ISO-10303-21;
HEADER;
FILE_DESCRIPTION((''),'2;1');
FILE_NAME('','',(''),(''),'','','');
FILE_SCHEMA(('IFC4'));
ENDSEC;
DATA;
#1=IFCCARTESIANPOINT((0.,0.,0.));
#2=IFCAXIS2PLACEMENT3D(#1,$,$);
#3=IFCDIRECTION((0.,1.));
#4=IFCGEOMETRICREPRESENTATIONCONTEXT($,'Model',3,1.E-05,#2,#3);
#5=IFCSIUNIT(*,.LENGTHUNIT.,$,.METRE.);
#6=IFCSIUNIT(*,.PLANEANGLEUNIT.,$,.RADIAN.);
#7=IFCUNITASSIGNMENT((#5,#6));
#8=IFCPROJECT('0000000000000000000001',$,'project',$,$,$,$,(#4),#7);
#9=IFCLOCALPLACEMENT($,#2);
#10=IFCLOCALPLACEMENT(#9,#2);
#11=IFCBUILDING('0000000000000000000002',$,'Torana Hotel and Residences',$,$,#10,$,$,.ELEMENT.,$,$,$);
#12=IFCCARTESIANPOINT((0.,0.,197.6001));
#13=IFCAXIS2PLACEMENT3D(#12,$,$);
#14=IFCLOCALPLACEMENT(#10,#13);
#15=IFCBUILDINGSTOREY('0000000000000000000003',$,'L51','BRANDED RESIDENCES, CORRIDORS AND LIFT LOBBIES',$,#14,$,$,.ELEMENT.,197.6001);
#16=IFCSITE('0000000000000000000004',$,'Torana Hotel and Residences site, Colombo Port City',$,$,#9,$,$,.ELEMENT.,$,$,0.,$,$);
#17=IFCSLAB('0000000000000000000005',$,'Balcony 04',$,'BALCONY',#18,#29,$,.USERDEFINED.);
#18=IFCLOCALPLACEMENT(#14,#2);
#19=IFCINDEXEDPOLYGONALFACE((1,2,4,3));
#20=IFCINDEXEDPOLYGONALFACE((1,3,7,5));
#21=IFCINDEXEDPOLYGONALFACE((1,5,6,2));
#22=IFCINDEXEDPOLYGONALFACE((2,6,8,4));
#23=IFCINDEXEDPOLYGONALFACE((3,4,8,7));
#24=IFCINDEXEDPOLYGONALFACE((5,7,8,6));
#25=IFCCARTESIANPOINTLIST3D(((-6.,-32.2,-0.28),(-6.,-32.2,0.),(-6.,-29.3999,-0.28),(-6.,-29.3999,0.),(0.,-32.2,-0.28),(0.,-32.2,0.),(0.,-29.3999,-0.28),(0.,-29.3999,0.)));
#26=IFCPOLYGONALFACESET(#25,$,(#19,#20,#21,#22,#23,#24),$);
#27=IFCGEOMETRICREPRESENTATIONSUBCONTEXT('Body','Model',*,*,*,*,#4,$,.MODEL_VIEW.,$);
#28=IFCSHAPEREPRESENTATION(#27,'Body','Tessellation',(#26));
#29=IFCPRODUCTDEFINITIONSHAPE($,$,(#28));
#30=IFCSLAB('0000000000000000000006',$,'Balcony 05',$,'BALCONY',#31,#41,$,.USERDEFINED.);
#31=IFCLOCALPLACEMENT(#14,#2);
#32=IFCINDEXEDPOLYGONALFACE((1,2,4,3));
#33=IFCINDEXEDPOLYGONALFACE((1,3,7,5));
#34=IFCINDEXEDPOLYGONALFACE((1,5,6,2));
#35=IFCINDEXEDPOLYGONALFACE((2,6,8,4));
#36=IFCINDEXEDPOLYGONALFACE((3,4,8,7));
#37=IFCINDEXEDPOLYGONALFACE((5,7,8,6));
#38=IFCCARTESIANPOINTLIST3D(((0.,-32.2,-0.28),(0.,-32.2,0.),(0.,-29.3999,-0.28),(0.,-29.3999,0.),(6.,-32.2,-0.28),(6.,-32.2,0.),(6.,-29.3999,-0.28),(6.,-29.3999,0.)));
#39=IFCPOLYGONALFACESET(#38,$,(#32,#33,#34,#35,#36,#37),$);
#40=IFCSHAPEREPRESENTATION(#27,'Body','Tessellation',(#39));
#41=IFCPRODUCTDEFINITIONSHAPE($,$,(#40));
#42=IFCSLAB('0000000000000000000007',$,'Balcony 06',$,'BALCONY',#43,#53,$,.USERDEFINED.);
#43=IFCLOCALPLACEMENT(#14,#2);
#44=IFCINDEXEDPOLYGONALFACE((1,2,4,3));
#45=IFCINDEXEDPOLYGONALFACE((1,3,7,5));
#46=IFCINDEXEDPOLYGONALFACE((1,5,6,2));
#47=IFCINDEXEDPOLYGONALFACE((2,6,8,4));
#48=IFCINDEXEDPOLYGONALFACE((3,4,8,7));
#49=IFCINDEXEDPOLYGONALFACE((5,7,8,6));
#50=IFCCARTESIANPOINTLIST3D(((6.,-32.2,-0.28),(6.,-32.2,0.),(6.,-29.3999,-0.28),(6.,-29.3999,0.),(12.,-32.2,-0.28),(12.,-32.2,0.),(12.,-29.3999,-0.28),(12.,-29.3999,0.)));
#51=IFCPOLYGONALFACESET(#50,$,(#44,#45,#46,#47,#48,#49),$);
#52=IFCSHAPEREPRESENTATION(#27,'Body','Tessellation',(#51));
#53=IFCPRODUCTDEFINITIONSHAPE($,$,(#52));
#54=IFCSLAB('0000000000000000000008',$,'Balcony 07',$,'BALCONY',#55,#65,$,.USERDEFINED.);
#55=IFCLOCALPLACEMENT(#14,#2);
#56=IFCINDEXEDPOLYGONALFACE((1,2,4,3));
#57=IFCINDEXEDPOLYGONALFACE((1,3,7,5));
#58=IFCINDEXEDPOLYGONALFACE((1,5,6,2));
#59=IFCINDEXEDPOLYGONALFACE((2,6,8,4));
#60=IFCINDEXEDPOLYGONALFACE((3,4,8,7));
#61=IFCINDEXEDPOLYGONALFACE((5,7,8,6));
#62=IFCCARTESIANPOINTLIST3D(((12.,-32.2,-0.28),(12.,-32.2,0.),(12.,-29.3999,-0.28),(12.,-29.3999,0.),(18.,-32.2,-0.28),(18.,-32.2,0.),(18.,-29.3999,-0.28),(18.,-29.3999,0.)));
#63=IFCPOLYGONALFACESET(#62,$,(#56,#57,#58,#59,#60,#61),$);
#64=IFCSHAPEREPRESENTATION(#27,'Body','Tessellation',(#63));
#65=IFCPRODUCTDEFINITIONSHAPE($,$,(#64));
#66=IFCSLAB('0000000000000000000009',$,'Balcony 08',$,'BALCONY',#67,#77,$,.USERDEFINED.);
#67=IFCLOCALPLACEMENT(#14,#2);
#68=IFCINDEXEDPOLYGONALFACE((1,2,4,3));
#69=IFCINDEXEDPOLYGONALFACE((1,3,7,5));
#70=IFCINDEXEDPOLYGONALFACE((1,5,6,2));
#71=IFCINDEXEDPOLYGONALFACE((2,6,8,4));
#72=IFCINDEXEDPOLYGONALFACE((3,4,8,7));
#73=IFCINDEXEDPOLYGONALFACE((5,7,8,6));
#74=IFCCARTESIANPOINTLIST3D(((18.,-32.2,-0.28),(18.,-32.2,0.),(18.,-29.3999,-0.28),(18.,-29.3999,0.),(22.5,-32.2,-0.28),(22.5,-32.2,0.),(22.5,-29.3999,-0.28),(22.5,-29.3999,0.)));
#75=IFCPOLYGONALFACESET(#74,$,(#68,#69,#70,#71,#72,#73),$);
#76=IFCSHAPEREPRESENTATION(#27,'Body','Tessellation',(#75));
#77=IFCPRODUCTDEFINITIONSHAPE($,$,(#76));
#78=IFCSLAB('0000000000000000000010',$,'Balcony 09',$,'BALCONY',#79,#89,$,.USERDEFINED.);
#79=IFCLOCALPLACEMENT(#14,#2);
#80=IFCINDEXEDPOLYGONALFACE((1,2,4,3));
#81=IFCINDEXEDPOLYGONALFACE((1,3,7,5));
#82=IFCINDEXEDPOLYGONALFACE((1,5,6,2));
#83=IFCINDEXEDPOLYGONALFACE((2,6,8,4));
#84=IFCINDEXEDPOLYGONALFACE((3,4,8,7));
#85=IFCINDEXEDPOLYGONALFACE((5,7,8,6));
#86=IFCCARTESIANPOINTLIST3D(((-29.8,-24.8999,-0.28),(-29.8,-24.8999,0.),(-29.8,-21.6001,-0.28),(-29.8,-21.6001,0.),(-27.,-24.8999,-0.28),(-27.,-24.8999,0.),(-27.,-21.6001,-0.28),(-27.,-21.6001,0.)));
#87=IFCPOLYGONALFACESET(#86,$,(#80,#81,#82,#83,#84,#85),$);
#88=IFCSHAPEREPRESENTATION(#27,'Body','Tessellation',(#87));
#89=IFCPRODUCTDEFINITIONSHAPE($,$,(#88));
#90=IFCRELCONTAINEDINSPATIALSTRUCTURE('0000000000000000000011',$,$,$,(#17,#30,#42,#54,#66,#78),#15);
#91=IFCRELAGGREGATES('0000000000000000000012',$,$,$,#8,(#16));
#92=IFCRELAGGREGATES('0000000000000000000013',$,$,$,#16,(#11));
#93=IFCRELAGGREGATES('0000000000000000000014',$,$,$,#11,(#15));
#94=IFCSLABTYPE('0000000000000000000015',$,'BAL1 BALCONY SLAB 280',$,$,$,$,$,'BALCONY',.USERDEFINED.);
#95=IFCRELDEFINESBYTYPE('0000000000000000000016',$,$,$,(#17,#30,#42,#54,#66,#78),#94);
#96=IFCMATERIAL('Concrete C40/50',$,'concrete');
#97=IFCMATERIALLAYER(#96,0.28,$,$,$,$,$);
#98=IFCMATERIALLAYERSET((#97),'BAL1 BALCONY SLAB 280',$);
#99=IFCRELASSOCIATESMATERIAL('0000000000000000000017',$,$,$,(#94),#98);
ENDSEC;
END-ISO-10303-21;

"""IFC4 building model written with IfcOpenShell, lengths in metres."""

from ifc_helpers import new_model, si_unit, direction, frame, origin, place, context, subcontext, project, spatial, polyline, outline, extrude, material, layer, layer_set, type_object, element, save


model = new_model("IFC4")

# Units and contexts
model_context = context("Model", 3, precision=1e-05, world=origin(), true_north=direction((0.0, 1.0)))
body_context = subcontext(model_context, "Body", "Model", "MODEL_VIEW")
ifc_project = project(units=[si_unit("LENGTHUNIT", "METRE"), si_unit("PLANEANGLEUNIT", "RADIAN")], contexts=[model_context])

# Site, building, storey
site_placement = place(None, origin())
site = spatial("IfcSite", under=ifc_project, at=site_placement, Name="Torana Hotel and Residences site, Colombo Port City", CompositionType="ELEMENT", RefElevation=0.0)
building_placement = place(site_placement, origin())
building = spatial("IfcBuilding", under=site, at=building_placement, Name="Torana Hotel and Residences", CompositionType="ELEMENT")
storey_placement = place(building_placement, frame((0.0, 0.0, 197.6001)))
storey = spatial("IfcBuildingStorey", under=building, at=storey_placement, Name="L51", Description="BRANDED RESIDENCES, CORRIDORS AND LIFT LOBBIES", CompositionType="ELEMENT", Elevation=197.6001)

# Slabs
ifc_material_1 = material(Name="Concrete C40/50", Category="concrete")
ifc_layer_1 = layer(ifc_material_1, 0.28)
ifc_layer_set_1 = layer_set([ifc_layer_1], Name="BAL1 BALCONY SLAB 280")
slab_type = type_object("IfcSlabType", Name="BAL1 BALCONY SLAB 280", ElementType="BALCONY", PredefinedType="USERDEFINED", material=ifc_layer_set_1)
slab_1_placement = place(storey_placement, frame((0.0, 0.0, -0.28)))
element("IfcSlab", 1, at=slab_1_placement, inside=storey, type_object=slab_type, Name="Balcony 04", ObjectType="BALCONY", PredefinedType="USERDEFINED", context=body_context, shape_type="SweptSolid", body=[
    extrude(outline(polyline([(-6.0, -32.2), (0.0, -32.2), (0.0, -29.3999), (-6.0, -29.3999), (-6.0, -32.2)])), origin(), (0.0, 0.0, 1.0), 0.28),
])
slab_2_placement = place(storey_placement, frame((0.0, 0.0, -0.28)))
element("IfcSlab", 2, at=slab_2_placement, inside=storey, type_object=slab_type, Name="Balcony 05", ObjectType="BALCONY", PredefinedType="USERDEFINED", context=body_context, shape_type="SweptSolid", body=[
    extrude(outline(polyline([(0.0, -32.2), (6.0, -32.2), (6.0, -29.3999), (0.0, -29.3999), (0.0, -32.2)])), origin(), (0.0, 0.0, 1.0), 0.28),
])
slab_3_placement = place(storey_placement, frame((0.0, 0.0, -0.28)))
element("IfcSlab", 3, at=slab_3_placement, inside=storey, type_object=slab_type, Name="Balcony 06", ObjectType="BALCONY", PredefinedType="USERDEFINED", context=body_context, shape_type="SweptSolid", body=[
    extrude(outline(polyline([(6.0, -32.2), (12.0, -32.2), (12.0, -29.3999), (6.0, -29.3999), (6.0, -32.2)])), origin(), (0.0, 0.0, 1.0), 0.28),
])
slab_4_placement = place(storey_placement, frame((0.0, 0.0, -0.28)))
element("IfcSlab", 4, at=slab_4_placement, inside=storey, type_object=slab_type, Name="Balcony 07", ObjectType="BALCONY", PredefinedType="USERDEFINED", context=body_context, shape_type="SweptSolid", body=[
    extrude(outline(polyline([(12.0, -32.2), (18.0, -32.2), (18.0, -29.3999), (12.0, -29.3999), (12.0, -32.2)])), origin(), (0.0, 0.0, 1.0), 0.28),
])
slab_5_placement = place(storey_placement, frame((0.0, 0.0, -0.28)))
element("IfcSlab", 5, at=slab_5_placement, inside=storey, type_object=slab_type, Name="Balcony 08", ObjectType="BALCONY", PredefinedType="USERDEFINED", context=body_context, shape_type="SweptSolid", body=[
    extrude(outline(polyline([(18.0, -32.2), (22.5, -32.2), (22.5, -29.3999), (18.0, -29.3999), (18.0, -32.2)])), origin(), (0.0, 0.0, 1.0), 0.28),
])
slab_6_placement = place(storey_placement, frame((0.0, 0.0, -0.28)))
element("IfcSlab", 6, at=slab_6_placement, inside=storey, type_object=slab_type, Name="Balcony 09", ObjectType="BALCONY", PredefinedType="USERDEFINED", context=body_context, shape_type="SweptSolid", body=[
    extrude(outline(polyline([(-29.8, -24.8999), (-27.0, -24.8999), (-27.0, -21.6001), (-29.8, -21.6001), (-29.8, -24.8999)])), origin(), (0.0, 0.0, 1.0), 0.28),
])

save(model, "model.ifc")
